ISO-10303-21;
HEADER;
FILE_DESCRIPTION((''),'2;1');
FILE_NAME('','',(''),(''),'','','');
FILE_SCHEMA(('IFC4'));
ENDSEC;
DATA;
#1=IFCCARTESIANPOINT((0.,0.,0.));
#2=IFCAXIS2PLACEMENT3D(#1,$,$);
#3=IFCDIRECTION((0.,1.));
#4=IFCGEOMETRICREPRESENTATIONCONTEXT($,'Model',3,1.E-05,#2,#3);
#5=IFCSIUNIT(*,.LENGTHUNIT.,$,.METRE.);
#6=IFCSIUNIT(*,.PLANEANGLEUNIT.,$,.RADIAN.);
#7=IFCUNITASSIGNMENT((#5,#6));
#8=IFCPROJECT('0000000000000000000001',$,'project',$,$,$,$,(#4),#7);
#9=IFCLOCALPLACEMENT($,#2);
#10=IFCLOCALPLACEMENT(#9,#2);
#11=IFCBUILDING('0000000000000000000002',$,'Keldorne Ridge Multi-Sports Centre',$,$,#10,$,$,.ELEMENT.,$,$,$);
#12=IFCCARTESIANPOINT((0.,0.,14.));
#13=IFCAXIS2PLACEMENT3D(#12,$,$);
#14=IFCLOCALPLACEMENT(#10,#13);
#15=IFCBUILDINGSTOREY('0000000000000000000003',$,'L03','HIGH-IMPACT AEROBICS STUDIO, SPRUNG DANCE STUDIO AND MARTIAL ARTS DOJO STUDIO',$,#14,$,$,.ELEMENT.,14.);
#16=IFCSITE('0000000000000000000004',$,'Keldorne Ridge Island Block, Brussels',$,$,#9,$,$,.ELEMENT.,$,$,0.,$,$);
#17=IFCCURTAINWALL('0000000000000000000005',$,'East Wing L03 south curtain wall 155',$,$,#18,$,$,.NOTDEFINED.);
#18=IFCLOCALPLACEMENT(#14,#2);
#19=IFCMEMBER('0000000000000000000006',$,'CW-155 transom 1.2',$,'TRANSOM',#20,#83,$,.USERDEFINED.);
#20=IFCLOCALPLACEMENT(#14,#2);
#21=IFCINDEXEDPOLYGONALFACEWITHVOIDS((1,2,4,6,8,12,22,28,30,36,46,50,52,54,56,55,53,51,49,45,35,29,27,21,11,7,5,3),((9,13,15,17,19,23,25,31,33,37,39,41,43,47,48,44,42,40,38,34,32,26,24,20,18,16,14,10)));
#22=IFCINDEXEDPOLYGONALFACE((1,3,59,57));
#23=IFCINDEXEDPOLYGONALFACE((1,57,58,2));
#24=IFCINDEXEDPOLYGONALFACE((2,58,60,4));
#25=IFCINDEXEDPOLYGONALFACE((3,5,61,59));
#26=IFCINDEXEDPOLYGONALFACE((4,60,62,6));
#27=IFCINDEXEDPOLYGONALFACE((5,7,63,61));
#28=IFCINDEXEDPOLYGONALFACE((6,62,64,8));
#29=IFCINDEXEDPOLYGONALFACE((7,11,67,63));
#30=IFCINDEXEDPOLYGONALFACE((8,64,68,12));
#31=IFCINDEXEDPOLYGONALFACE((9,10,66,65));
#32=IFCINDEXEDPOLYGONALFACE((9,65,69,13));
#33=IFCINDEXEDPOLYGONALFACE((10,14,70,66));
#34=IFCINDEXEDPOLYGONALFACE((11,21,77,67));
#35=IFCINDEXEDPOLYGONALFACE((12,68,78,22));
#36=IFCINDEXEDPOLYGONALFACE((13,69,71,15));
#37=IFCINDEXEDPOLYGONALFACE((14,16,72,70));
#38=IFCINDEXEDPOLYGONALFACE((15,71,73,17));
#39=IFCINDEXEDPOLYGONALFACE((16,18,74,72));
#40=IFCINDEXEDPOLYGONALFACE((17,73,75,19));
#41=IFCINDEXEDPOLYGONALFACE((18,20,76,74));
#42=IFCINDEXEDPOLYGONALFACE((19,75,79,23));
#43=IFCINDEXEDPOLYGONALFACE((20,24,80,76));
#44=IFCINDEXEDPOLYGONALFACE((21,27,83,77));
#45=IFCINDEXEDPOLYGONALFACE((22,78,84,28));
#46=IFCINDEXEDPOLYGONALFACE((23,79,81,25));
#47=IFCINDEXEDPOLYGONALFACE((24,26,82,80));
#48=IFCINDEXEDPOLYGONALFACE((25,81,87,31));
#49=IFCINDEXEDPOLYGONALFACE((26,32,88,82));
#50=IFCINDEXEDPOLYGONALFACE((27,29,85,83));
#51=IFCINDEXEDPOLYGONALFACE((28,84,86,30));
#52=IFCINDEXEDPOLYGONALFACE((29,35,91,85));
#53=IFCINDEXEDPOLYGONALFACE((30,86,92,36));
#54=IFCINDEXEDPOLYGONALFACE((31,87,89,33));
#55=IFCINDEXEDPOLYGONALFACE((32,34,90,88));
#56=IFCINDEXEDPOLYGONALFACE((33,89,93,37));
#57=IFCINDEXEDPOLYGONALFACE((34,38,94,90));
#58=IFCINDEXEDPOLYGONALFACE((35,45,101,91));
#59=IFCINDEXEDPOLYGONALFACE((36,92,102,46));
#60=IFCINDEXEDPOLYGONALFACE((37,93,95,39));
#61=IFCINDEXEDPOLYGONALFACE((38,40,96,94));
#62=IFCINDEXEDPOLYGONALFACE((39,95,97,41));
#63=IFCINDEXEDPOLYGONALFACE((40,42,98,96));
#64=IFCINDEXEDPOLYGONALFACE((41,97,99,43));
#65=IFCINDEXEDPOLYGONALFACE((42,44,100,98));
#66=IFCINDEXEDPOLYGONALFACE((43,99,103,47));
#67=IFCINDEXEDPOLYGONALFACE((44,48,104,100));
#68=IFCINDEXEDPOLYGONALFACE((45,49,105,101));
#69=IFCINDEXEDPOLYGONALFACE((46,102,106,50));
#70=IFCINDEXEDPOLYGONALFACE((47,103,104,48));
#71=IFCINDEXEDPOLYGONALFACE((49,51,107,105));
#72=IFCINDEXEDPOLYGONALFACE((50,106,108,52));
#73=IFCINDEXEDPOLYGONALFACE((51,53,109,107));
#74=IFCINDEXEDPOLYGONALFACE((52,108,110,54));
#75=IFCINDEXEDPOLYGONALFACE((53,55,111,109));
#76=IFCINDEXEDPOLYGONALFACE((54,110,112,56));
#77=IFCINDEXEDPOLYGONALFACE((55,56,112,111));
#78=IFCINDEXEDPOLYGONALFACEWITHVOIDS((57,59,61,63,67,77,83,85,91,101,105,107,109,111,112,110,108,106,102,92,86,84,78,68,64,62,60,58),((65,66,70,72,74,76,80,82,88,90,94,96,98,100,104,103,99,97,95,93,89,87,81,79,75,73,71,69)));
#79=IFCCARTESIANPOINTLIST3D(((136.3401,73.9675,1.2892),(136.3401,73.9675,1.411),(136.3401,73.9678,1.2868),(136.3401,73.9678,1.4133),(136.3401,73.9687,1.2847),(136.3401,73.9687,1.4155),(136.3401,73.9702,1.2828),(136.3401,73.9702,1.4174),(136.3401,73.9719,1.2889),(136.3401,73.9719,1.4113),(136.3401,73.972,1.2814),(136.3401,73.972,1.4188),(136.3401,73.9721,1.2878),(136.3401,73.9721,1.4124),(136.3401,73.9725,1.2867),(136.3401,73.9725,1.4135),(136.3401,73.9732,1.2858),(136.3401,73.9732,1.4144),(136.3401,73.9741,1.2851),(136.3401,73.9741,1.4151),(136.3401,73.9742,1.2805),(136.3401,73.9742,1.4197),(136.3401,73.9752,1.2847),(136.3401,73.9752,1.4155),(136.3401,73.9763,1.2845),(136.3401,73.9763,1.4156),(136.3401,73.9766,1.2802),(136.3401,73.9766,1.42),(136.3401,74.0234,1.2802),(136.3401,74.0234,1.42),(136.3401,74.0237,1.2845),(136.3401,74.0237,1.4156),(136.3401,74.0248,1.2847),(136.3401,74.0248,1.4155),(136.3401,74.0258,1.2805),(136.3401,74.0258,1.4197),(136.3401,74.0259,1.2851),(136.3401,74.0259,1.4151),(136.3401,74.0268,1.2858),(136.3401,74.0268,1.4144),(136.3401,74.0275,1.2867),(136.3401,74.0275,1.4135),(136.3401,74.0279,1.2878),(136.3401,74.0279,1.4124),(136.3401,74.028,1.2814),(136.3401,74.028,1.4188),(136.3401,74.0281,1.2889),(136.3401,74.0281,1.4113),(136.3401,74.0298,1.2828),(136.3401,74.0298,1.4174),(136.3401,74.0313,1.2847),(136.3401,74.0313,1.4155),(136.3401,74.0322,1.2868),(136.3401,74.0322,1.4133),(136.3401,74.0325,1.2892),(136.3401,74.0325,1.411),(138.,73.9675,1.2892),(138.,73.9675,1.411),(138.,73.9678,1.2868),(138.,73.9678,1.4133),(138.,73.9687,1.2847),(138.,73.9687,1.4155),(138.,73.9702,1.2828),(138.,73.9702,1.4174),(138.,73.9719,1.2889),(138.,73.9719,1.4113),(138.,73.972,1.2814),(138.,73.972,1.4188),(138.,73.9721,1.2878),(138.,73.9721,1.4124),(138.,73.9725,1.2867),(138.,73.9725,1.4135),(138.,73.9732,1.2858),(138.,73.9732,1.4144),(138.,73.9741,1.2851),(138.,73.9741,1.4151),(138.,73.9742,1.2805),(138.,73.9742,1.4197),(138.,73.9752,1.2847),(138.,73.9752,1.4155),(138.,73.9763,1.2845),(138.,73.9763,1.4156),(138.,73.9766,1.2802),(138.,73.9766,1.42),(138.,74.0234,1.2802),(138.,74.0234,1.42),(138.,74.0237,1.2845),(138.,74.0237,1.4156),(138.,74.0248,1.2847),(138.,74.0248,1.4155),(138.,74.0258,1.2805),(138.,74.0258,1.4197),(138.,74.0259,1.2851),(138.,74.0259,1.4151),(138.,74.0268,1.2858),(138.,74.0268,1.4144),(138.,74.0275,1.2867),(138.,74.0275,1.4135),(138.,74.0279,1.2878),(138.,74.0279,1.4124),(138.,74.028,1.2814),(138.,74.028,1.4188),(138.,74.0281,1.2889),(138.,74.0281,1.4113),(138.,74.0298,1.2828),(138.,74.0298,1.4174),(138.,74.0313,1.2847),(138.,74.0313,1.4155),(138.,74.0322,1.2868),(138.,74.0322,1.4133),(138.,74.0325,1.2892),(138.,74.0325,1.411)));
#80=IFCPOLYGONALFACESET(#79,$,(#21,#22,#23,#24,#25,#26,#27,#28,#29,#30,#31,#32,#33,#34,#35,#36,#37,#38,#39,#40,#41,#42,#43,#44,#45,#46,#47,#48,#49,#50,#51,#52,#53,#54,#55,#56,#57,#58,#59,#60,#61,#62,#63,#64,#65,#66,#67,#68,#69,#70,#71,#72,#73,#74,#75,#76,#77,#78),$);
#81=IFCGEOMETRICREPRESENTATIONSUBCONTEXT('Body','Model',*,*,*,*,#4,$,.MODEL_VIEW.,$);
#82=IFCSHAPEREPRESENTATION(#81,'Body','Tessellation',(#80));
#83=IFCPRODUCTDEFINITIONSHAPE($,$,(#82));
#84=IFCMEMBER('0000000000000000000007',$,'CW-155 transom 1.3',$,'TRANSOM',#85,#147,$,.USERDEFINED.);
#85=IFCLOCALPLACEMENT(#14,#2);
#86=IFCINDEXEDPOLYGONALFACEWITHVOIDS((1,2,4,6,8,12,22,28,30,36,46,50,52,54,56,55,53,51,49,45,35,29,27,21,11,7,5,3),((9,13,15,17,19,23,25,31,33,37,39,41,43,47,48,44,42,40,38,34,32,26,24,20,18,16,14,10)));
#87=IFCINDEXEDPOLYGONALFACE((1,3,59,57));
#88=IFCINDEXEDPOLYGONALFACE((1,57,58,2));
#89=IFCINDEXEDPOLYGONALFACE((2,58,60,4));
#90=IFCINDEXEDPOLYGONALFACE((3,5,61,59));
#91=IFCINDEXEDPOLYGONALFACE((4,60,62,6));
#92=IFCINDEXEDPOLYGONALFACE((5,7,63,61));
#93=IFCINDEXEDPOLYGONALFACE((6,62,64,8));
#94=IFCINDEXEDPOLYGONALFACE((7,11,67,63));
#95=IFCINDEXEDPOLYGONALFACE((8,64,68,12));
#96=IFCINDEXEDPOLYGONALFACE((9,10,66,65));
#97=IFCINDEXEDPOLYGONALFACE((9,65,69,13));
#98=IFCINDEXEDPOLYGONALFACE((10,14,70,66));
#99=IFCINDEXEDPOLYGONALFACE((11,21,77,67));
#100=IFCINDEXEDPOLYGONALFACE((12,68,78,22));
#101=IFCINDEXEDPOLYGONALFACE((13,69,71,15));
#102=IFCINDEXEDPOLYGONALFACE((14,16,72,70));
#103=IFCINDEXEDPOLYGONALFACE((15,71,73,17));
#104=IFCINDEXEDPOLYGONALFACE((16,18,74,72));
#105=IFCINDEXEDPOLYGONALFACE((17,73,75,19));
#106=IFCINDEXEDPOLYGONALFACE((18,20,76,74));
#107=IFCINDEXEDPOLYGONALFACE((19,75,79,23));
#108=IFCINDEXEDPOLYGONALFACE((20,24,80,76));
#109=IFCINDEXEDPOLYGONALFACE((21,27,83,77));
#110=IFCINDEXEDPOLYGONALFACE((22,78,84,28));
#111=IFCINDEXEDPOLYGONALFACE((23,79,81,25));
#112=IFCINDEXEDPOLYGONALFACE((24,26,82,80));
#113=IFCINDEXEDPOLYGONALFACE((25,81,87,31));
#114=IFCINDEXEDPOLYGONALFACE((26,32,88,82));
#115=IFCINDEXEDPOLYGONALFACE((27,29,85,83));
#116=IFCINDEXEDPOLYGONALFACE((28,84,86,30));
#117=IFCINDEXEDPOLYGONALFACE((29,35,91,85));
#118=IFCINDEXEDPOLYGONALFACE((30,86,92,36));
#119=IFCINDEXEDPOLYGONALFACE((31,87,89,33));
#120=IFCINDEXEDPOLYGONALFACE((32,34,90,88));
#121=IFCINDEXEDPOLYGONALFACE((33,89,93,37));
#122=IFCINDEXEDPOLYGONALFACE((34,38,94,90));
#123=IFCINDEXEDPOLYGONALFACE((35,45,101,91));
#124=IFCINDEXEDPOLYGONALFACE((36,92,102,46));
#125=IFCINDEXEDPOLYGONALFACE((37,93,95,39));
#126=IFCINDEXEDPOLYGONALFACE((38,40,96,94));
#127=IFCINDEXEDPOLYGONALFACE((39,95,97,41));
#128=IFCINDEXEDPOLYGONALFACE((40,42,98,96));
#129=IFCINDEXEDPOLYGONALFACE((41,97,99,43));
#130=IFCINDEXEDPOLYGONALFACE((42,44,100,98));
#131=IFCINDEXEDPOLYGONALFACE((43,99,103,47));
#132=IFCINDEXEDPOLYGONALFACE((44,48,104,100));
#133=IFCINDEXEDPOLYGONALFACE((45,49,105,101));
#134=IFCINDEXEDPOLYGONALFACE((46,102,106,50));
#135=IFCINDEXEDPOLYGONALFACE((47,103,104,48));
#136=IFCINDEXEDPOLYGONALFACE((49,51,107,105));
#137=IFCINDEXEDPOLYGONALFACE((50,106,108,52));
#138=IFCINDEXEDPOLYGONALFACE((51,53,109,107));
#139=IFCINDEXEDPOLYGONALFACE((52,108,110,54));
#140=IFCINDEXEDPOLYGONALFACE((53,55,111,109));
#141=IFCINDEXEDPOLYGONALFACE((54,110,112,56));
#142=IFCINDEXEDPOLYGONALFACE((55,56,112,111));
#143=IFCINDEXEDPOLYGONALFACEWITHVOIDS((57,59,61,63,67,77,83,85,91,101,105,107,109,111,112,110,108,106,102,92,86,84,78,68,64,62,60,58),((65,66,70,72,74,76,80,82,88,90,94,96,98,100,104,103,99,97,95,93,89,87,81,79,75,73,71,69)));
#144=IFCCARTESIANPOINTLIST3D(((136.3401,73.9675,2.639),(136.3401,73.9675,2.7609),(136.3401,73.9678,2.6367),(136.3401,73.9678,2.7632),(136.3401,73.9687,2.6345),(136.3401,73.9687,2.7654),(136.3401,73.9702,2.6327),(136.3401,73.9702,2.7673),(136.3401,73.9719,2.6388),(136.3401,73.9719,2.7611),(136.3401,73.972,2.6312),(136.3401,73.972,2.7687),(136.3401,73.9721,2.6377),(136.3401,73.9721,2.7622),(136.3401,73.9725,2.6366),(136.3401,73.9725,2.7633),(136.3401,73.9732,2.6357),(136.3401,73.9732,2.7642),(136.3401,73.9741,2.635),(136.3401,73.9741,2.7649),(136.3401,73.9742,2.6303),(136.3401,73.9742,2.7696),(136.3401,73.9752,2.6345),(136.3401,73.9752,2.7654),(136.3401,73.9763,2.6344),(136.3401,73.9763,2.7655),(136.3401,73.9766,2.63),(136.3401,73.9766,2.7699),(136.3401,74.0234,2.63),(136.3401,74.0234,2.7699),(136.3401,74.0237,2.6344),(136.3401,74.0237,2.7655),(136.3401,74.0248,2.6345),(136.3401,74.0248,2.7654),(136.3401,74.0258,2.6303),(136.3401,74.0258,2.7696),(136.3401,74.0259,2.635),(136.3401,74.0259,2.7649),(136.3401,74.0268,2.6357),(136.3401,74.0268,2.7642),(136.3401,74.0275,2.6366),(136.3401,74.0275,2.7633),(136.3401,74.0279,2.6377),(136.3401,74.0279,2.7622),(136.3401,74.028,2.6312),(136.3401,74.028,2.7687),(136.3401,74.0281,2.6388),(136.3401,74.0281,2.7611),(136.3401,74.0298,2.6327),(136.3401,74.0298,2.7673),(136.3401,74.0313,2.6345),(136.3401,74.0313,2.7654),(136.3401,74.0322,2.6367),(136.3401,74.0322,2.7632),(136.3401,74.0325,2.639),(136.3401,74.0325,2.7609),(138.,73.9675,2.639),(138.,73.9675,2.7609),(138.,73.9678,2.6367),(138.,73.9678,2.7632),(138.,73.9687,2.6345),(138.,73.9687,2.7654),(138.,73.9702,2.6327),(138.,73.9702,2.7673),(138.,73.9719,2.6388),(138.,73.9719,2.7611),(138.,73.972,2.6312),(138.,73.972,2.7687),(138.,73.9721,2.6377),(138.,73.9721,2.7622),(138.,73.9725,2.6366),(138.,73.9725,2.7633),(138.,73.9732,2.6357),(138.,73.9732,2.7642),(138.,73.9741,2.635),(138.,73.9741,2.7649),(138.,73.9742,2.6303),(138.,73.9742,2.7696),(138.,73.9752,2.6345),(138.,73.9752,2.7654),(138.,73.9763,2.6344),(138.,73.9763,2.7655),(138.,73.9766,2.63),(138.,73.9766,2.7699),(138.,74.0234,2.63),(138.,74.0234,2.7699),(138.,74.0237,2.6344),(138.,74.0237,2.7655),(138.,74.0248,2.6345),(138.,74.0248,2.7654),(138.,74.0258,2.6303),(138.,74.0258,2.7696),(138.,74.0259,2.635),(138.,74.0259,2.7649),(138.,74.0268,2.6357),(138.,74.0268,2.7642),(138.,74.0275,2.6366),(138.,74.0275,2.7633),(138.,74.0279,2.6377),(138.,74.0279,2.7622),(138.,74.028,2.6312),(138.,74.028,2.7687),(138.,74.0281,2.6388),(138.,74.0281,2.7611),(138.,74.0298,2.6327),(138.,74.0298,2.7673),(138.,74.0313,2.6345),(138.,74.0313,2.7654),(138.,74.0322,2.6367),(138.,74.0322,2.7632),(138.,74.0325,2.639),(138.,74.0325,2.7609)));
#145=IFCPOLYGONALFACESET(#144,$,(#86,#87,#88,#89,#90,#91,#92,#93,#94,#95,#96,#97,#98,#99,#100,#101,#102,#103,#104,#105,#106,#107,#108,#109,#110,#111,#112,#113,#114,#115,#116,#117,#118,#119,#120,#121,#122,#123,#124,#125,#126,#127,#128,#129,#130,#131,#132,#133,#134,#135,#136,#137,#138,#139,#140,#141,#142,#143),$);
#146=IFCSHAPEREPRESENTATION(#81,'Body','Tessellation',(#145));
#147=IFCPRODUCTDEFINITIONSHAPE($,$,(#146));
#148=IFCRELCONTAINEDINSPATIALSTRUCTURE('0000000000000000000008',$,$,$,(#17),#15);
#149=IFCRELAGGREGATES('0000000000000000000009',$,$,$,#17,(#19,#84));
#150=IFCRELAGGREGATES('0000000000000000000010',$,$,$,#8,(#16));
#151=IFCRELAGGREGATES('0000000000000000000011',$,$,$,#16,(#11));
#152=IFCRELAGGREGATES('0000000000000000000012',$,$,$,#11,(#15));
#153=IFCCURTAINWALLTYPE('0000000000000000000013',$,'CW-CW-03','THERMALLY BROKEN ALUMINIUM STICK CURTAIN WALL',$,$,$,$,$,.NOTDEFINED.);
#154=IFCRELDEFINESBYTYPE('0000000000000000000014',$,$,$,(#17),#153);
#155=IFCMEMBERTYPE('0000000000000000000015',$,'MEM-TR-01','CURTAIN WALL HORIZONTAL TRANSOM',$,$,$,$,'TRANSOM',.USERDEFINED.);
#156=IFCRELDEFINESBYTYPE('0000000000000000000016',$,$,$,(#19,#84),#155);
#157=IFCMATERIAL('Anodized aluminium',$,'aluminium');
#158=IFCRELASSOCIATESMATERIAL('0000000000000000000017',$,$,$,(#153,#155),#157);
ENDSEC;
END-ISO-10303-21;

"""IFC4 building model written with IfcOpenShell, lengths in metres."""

from ifc_helpers import new_model, si_unit, direction, frame, origin, origin_2d, place, context, subcontext, project, spatial, hollow_rectangle, extrude, material, material_profile, profile_set, type_object, element, aggregate, save


model = new_model("IFC4")

# Units and contexts
model_context = context("Model", 3, precision=1e-05, world=origin(), true_north=direction((0.0, 1.0)))
body_context = subcontext(model_context, "Body", "Model", "MODEL_VIEW")
ifc_project = project(units=[si_unit("LENGTHUNIT", "METRE"), si_unit("PLANEANGLEUNIT", "RADIAN")], contexts=[model_context])

# Site, building, storey
site_placement = place(None, origin())
site = spatial("IfcSite", under=ifc_project, at=site_placement, Name="Keldorne Ridge Island Block, Brussels", CompositionType="ELEMENT", RefElevation=0.0)
building_placement = place(site_placement, origin())
building = spatial("IfcBuilding", under=site, at=building_placement, Name="Keldorne Ridge Multi-Sports Centre", CompositionType="ELEMENT")
storey_placement = place(building_placement, frame((0.0, 0.0, 14.0)))
storey = spatial("IfcBuildingStorey", under=building, at=storey_placement, Name="L03", Description="HIGH-IMPACT AEROBICS STUDIO, SPRUNG DANCE STUDIO AND MARTIAL ARTS DOJO STUDIO", CompositionType="ELEMENT", Elevation=14.0)

# Shared definitions
ifc_material_1 = material(Name="Anodized aluminium", Category="aluminium")

# Curtain wall, members
curtain_wall_type_1 = type_object("IfcCurtainWallType", Name="CW-CW-03", Description="THERMALLY BROKEN ALUMINIUM STICK CURTAIN WALL", PredefinedType="NOTDEFINED", material=ifc_material_1)
curtain_wall_1_placement = place(storey_placement, origin())
curtain_wall_1 = element("IfcCurtainWall", 1, at=curtain_wall_1_placement, inside=storey, type_object=curtain_wall_type_1, Name="East Wing L03 south curtain wall 155", PredefinedType="NOTDEFINED")
ifc_material_profile_1 = material_profile(ifc_material_1, hollow_rectangle(XDim=0.0649, YDim=0.1399, WallThickness=0.0044, InnerFilletRadius=0.0044, OuterFilletRadius=0.009, at=origin_2d()), Name="ALU TRANSOM 140x65x4.5")
ifc_profile_set_1 = profile_set([ifc_material_profile_1], Name="Anodized aluminium")
member_type_1 = type_object("IfcMemberType", Name="MEM-TR-01", Description="CURTAIN WALL HORIZONTAL TRANSOM", ElementType="TRANSOM", PredefinedType="USERDEFINED", material=ifc_profile_set_1)
member_1_placement = place(storey_placement, frame((136.3401, 74.0, 1.3501), z_axis=(1.0, 0.0, 0.0), x_axis=(0.0, 1.0, 0.0)))
member_1 = element("IfcMember", 2, at=member_1_placement, type_object=member_type_1, Name="CW-155 transom 1.2", ObjectType="TRANSOM", PredefinedType="USERDEFINED", context=body_context, shape_type="SweptSolid", body=[
    extrude(hollow_rectangle(XDim=0.0649, YDim=0.1399, WallThickness=0.0044, InnerFilletRadius=0.0044, OuterFilletRadius=0.009, at=origin_2d()), origin(), (0.0, 0.0, 1.0), 1.6599),
])
member_2_placement = place(storey_placement, frame((136.3401, 74.0, 2.7), z_axis=(1.0, 0.0, 0.0), x_axis=(0.0, 1.0, 0.0)))
member_2 = element("IfcMember", 3, at=member_2_placement, type_object=member_type_1, Name="CW-155 transom 1.3", ObjectType="TRANSOM", PredefinedType="USERDEFINED", context=body_context, shape_type="SweptSolid", body=[
    extrude(hollow_rectangle(XDim=0.0649, YDim=0.1399, WallThickness=0.0044, InnerFilletRadius=0.0044, OuterFilletRadius=0.009, at=origin_2d()), origin(), (0.0, 0.0, 1.0), 1.6599),
])
aggregate(curtain_wall_1, [member_1, member_2])

save(model, "model.ifc")
